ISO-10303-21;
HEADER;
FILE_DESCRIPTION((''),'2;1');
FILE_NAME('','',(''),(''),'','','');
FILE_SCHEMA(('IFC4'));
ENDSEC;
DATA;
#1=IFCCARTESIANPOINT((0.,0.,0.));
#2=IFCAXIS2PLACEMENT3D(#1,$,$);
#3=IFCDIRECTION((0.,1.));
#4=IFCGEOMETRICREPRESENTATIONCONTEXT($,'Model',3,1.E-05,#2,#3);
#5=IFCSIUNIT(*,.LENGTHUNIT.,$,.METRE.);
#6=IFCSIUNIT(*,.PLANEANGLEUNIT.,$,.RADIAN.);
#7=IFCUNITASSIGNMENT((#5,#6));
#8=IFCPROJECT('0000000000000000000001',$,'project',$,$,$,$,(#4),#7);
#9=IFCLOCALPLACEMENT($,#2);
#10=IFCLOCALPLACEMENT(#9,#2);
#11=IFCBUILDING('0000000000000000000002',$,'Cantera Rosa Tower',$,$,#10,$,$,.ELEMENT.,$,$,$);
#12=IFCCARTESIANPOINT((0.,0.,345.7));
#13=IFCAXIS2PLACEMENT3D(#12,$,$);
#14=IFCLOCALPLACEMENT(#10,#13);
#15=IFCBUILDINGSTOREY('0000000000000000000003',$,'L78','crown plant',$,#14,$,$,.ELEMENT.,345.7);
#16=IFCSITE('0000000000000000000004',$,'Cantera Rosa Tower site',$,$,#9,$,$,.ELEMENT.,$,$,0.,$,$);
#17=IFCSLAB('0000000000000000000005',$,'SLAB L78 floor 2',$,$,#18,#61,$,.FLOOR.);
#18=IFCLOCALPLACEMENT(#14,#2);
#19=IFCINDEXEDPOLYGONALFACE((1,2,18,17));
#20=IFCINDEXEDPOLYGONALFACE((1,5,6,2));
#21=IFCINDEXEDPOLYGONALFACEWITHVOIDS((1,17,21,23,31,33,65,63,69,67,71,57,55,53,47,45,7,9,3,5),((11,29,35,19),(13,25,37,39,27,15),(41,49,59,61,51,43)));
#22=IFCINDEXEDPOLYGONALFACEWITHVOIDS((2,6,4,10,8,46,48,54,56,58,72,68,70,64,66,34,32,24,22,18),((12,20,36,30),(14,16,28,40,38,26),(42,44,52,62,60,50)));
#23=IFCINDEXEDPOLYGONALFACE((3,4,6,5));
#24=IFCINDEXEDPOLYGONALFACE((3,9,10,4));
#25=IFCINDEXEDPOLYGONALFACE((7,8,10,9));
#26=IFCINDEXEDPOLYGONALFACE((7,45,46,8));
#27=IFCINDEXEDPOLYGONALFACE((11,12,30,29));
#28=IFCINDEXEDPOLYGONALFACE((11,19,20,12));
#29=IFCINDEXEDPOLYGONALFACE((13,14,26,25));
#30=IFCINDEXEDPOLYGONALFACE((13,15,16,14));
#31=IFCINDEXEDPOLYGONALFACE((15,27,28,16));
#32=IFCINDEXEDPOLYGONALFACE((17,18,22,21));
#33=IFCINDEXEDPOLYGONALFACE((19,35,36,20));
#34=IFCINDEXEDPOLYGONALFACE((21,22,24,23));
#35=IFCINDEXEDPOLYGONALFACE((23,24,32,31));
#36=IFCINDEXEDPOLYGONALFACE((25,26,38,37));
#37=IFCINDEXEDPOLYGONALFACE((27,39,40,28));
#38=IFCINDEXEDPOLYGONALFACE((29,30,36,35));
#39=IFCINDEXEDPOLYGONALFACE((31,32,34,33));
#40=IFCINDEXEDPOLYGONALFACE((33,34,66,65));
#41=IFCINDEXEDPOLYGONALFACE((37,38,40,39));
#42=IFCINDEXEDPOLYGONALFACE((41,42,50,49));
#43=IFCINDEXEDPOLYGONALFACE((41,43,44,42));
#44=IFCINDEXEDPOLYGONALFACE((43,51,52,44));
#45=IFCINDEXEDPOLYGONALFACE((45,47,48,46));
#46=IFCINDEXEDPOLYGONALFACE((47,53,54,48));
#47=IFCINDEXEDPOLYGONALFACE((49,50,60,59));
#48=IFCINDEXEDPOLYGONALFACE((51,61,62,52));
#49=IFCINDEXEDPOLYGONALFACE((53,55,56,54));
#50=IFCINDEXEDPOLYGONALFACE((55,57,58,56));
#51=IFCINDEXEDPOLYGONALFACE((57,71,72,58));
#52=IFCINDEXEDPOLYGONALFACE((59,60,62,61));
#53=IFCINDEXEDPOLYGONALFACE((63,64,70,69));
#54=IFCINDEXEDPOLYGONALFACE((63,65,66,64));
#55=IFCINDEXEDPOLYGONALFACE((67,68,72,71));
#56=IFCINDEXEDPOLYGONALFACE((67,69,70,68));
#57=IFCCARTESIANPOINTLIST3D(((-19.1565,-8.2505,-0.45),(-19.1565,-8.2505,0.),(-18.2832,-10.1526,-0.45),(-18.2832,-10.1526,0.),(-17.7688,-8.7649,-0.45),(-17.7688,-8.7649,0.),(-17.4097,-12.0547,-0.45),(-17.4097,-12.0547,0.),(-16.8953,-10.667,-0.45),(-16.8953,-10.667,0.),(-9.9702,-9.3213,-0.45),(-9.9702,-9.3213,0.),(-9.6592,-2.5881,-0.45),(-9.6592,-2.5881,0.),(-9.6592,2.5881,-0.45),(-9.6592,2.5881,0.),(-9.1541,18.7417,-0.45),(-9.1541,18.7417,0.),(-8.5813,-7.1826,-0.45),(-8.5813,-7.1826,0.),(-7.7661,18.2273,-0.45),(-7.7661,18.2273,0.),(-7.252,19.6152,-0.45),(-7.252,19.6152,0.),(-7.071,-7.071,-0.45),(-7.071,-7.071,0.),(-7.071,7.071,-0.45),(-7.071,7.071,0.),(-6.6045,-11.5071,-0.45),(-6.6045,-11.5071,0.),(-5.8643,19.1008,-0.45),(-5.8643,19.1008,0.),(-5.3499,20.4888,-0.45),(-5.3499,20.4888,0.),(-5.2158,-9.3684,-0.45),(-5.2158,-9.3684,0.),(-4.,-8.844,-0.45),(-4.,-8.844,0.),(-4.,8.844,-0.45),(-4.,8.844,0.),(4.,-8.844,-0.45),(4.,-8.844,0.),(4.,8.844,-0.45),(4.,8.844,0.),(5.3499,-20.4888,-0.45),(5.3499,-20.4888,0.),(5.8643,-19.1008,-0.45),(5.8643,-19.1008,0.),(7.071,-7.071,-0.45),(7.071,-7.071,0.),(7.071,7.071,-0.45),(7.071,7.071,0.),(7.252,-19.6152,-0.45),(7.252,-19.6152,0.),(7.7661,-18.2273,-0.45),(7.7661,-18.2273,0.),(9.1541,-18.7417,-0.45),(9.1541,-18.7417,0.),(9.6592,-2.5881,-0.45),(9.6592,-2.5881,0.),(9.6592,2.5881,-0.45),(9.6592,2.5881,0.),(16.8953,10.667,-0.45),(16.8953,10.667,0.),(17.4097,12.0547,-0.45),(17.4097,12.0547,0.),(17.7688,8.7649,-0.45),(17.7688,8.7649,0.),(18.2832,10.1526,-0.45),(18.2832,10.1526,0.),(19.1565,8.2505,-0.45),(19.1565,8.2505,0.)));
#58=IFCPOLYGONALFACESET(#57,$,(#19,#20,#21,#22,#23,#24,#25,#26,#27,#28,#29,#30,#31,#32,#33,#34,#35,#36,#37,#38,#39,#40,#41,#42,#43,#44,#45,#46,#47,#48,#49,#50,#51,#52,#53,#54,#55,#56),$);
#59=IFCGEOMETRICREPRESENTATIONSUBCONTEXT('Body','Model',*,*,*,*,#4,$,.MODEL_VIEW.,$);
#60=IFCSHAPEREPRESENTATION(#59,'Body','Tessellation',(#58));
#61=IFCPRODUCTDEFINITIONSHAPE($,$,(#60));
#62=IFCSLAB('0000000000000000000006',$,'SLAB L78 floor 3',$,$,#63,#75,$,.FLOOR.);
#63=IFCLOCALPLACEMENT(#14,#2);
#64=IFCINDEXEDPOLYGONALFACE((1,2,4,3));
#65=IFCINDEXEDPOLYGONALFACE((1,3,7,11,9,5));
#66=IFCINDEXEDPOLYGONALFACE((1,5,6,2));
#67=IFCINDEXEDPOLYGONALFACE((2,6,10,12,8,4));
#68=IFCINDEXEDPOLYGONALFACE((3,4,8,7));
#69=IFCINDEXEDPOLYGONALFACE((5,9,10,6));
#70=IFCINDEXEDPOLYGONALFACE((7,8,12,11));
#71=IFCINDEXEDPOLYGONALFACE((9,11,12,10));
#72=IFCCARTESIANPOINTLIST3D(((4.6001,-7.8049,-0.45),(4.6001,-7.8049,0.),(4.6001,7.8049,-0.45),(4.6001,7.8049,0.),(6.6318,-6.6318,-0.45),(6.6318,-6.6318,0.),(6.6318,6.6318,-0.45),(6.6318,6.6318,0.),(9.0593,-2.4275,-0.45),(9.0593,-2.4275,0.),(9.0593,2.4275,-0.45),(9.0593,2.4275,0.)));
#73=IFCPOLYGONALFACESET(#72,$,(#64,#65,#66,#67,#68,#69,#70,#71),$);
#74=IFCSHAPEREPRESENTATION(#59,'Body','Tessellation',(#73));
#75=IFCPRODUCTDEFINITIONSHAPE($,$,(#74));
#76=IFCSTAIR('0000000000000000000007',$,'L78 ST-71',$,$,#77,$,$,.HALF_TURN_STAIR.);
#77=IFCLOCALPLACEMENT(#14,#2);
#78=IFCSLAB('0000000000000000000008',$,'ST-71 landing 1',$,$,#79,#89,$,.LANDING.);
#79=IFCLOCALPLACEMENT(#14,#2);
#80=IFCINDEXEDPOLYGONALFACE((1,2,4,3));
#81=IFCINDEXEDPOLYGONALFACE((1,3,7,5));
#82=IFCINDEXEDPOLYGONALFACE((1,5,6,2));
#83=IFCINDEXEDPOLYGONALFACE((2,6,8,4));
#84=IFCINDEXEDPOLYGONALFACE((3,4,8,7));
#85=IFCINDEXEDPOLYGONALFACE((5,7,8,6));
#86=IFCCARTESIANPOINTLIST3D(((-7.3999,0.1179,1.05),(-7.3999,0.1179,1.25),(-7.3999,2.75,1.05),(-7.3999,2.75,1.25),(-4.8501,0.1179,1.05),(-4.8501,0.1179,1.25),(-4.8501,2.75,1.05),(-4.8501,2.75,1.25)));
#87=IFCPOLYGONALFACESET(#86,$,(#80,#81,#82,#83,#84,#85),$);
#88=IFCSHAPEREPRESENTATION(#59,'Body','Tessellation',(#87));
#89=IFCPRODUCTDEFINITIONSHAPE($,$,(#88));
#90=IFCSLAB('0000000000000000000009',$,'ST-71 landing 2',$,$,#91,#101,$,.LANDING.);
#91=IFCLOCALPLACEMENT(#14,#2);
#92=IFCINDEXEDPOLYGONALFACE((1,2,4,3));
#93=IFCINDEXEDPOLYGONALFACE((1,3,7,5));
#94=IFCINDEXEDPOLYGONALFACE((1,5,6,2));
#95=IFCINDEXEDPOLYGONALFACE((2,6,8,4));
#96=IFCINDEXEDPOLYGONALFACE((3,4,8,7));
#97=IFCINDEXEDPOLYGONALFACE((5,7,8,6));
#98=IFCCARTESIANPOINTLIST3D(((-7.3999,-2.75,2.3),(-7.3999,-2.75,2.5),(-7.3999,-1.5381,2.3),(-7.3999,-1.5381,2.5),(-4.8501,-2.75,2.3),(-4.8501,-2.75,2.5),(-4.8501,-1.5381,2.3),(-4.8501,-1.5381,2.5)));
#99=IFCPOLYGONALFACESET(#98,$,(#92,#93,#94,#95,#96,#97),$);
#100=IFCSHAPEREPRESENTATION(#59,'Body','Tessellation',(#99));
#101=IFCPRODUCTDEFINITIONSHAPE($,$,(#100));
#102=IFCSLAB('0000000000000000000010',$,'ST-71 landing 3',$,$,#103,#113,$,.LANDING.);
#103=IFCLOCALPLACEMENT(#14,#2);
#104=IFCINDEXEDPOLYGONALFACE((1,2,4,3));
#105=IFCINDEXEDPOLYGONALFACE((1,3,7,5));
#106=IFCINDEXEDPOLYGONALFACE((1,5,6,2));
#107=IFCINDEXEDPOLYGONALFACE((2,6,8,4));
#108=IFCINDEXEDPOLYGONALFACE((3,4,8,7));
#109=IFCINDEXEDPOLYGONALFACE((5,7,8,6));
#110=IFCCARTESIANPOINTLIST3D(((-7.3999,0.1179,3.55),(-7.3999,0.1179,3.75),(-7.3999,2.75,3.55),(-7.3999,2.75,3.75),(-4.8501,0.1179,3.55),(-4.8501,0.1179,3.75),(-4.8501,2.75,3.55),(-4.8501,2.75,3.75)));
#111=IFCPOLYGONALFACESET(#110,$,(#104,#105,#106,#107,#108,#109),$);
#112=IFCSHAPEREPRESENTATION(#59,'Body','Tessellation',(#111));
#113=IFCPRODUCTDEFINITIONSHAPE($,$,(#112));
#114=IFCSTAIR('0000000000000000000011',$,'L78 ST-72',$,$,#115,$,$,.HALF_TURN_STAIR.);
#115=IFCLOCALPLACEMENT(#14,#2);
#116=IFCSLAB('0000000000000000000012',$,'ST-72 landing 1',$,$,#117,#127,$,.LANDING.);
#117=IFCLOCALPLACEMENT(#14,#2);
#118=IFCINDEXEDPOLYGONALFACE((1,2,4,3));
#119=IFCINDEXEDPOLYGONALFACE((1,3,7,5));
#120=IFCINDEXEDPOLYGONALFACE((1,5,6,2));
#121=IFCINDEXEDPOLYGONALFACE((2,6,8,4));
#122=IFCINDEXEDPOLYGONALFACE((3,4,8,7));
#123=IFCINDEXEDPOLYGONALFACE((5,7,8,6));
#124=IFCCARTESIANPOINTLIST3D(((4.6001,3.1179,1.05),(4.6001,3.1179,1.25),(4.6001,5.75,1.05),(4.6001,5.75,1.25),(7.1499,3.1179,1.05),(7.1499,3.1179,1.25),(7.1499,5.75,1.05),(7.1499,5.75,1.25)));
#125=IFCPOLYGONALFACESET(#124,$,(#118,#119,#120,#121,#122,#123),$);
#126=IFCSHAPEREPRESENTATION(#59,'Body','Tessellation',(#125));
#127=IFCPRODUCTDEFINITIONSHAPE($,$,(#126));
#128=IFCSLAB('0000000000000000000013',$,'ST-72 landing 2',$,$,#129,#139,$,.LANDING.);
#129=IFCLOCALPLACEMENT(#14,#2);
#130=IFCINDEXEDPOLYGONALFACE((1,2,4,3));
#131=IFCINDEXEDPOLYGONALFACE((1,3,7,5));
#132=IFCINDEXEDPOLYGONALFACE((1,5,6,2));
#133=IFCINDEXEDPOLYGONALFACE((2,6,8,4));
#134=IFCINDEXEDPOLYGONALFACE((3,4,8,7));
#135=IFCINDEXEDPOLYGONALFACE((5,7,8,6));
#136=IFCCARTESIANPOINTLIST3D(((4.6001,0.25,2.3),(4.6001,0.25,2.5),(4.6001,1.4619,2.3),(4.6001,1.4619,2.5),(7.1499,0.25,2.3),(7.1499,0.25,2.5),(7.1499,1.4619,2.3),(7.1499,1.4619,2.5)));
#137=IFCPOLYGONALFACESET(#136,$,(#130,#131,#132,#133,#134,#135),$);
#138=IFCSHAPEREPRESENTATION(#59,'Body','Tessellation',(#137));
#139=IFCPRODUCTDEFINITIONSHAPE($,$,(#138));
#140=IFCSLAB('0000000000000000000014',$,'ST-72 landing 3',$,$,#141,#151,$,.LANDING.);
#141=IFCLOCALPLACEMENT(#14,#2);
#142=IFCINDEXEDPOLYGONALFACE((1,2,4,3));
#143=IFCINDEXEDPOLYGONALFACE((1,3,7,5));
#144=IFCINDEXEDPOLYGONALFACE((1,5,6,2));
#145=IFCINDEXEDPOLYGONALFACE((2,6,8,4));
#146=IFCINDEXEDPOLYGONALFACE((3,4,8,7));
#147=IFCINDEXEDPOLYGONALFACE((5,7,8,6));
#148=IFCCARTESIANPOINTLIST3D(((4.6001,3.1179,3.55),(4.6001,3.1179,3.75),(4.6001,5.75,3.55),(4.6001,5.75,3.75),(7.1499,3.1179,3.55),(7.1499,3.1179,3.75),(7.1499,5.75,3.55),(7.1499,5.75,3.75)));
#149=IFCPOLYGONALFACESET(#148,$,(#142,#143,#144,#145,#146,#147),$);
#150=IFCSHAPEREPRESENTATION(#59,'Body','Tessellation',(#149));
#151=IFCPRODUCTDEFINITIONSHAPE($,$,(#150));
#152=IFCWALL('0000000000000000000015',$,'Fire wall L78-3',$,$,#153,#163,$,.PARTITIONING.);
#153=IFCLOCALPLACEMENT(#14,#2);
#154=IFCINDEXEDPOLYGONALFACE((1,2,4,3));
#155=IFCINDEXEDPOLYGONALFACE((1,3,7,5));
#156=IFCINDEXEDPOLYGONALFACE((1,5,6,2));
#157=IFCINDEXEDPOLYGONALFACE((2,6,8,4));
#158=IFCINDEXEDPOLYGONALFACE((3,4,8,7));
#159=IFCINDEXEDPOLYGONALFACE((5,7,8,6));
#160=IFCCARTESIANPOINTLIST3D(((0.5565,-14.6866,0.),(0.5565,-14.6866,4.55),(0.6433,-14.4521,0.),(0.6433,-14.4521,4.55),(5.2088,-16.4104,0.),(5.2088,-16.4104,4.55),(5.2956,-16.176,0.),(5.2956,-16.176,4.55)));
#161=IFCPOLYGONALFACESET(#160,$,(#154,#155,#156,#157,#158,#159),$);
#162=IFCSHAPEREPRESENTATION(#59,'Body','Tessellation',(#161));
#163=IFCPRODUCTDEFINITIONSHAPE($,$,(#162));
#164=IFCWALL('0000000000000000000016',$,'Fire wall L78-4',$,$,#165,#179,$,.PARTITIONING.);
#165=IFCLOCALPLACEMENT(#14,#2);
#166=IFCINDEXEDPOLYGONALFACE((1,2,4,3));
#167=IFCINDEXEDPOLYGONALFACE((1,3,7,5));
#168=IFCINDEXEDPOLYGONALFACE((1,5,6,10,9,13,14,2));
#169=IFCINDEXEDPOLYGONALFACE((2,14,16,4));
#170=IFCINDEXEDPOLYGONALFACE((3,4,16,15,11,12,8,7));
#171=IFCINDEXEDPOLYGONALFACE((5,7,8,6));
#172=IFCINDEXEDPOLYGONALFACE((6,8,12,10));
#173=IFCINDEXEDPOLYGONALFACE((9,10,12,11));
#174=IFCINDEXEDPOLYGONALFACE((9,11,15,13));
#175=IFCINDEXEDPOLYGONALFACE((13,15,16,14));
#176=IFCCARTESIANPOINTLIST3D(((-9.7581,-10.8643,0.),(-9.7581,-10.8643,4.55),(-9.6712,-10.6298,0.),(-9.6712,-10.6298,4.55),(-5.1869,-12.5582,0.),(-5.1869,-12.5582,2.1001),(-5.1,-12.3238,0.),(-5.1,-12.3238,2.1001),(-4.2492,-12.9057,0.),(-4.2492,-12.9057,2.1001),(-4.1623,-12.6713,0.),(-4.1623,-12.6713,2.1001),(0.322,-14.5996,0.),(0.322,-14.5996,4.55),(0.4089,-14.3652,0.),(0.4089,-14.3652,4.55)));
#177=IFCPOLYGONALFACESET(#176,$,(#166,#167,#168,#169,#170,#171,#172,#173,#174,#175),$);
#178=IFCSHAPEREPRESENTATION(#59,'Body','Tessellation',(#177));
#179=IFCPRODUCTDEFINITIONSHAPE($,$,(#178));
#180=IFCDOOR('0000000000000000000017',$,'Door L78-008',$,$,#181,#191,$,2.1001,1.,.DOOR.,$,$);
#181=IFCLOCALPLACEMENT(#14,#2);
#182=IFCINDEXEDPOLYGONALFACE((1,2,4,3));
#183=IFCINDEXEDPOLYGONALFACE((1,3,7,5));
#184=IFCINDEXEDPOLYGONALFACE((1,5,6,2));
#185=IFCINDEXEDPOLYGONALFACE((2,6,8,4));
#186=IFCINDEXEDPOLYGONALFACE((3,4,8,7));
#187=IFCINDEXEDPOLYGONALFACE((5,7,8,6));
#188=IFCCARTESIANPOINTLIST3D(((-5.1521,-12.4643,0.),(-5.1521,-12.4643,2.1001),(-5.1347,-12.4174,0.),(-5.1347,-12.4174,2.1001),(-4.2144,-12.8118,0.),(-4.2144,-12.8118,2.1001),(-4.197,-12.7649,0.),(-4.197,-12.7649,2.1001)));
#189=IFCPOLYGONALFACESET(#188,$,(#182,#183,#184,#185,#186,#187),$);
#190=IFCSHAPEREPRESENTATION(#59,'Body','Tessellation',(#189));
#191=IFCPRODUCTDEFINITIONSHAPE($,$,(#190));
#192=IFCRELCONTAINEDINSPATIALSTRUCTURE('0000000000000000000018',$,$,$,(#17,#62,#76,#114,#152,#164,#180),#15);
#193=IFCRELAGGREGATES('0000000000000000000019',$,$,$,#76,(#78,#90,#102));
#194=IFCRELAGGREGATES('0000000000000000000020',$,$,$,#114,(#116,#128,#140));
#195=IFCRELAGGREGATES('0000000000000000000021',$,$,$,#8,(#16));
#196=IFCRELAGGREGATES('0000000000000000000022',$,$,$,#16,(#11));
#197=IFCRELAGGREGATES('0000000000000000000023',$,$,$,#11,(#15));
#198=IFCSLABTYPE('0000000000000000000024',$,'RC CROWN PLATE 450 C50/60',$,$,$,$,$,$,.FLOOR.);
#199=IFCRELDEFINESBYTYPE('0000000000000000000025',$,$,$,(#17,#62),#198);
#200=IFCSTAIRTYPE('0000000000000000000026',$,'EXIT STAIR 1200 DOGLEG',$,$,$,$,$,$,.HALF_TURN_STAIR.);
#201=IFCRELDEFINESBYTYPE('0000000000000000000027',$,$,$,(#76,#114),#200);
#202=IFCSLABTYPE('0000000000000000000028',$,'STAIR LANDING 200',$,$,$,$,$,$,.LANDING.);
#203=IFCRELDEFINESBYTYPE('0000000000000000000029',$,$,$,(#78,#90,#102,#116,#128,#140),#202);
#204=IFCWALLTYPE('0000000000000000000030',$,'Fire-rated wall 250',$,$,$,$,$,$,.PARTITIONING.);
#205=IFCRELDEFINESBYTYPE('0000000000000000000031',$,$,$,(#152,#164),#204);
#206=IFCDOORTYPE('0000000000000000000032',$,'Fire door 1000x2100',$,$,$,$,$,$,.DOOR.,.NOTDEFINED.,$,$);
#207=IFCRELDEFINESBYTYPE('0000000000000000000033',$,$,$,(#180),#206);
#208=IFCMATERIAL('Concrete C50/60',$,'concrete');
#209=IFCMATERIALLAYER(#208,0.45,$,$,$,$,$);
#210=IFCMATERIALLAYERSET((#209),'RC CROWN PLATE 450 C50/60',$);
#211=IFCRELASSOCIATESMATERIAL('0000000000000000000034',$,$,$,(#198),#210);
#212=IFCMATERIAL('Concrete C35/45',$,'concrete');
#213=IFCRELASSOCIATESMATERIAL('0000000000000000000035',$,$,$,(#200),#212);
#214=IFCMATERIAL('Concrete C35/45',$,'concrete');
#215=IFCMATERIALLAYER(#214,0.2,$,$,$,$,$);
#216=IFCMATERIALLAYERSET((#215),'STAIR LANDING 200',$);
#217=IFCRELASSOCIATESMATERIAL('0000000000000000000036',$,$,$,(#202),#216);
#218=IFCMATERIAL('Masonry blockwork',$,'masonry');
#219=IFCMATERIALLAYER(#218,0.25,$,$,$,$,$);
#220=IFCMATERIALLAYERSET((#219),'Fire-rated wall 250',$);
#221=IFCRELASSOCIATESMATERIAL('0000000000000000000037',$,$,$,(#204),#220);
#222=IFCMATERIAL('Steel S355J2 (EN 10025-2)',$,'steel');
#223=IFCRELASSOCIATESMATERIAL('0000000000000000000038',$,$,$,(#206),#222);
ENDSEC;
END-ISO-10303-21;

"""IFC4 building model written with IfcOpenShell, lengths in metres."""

from ifc_helpers import new_model, si_unit, direction, frame, frame_2d, origin, place, context, subcontext, project, spatial, polyline, rectangle, outline, extrude, material, layer, layer_set, type_object, element, fill, aggregate, save


model = new_model("IFC4")

# Units and contexts
model_context = context("Model", 3, precision=1e-05, world=origin(), true_north=direction((0.0, 1.0)))
body_context = subcontext(model_context, "Body", "Model", "MODEL_VIEW")
ifc_project = project(units=[si_unit("LENGTHUNIT", "METRE"), si_unit("PLANEANGLEUNIT", "RADIAN")], contexts=[model_context])

# Site, building, storey
site_placement = place(None, origin())
site = spatial("IfcSite", under=ifc_project, at=site_placement, Name="Cantera Rosa Tower site", CompositionType="ELEMENT", RefElevation=0.0)
building_placement = place(site_placement, origin())
building = spatial("IfcBuilding", under=site, at=building_placement, Name="Cantera Rosa Tower", CompositionType="ELEMENT")
storey_placement = place(building_placement, frame((0.0, 0.0, 345.7)))
storey = spatial("IfcBuildingStorey", under=building, at=storey_placement, Name="L78", Description="crown plant", CompositionType="ELEMENT", Elevation=345.7)

# Slabs
ifc_material_1 = material(Name="Concrete C50/60", Category="concrete")
ifc_layer_1 = layer(ifc_material_1, 0.45)
ifc_layer_set_1 = layer_set([ifc_layer_1], Name="RC CROWN PLATE 450 C50/60")
slab_type_1 = type_object("IfcSlabType", Name="RC CROWN PLATE 450 C50/60", PredefinedType="FLOOR", material=ifc_layer_set_1)
slab_1_placement = place(storey_placement, frame((0.0, 0.0, -0.45)))
element("IfcSlab", 1, at=slab_1_placement, inside=storey, type_object=slab_type_1, Name="SLAB L78 floor 2", PredefinedType="FLOOR", context=body_context, shape_type="SweptSolid", body=[
    extrude(outline(polyline([(18.2832, 10.1526), (17.7688, 8.7649), (19.1565, 8.2505), (9.1541, -18.7417), (7.7661, -18.2273), (7.252, -19.6152), (5.8643, -19.1008), (5.3499, -20.4888), (-17.4097, -12.0547), (-16.8953, -10.667), (-18.2832, -10.1526), (-17.7688, -8.7649), (-19.1565, -8.2505), (-9.1541, 18.7417), (-7.7661, 18.2273), (-7.252, 19.6152), (-5.8643, 19.1008), (-5.3499, 20.4888), (17.4097, 12.0547), (16.8953, 10.667), (18.2832, 10.1526)]), holes=[polyline([(-9.9702, -9.3213), (-6.6045, -11.5071), (-5.2158, -9.3684), (-8.5813, -7.1826), (-9.9702, -9.3213)]), polyline([(-9.6592, 2.5881), (-9.6592, -2.5881), (-7.071, -7.071), (-4.0, -8.844), (-4.0, 8.844), (-7.071, 7.071), (-9.6592, 2.5881)]), polyline([(9.6592, 2.5881), (7.071, 7.071), (4.0, 8.844), (4.0, -8.844), (7.071, -7.071), (9.6592, -2.5881), (9.6592, 2.5881)])]), origin(), (0.0, 0.0, 1.0), 0.45),
])
slab_2_placement = place(storey_placement, frame((0.0, 0.0, -0.45)))
element("IfcSlab", 2, at=slab_2_placement, inside=storey, type_object=slab_type_1, Name="SLAB L78 floor 3", PredefinedType="FLOOR", context=body_context, shape_type="SweptSolid", body=[
    extrude(outline(polyline([(4.6001, 7.8049), (6.6318, 6.6318), (9.0593, 2.4275), (9.0593, -2.4275), (6.6318, -6.6318), (4.6001, -7.8049), (4.6001, 7.8049)])), origin(), (0.0, 0.0, 1.0), 0.45),
])

# Stairs, slabs
ifc_material_2 = material(Name="Concrete C35/45", Category="concrete")
stair_type = type_object("IfcStairType", Name="EXIT STAIR 1200 DOGLEG", PredefinedType="HALF_TURN_STAIR", material=ifc_material_2)
stair_1_placement = place(storey_placement, origin())
stair_1 = element("IfcStair", 3, at=stair_1_placement, inside=storey, type_object=stair_type, Name="L78 ST-71", PredefinedType="HALF_TURN_STAIR")
ifc_material_3 = material(Name="Concrete C35/45", Category="concrete")
ifc_layer_2 = layer(ifc_material_3, 0.2)
ifc_layer_set_2 = layer_set([ifc_layer_2], Name="STAIR LANDING 200")
slab_type_2 = type_object("IfcSlabType", Name="STAIR LANDING 200", PredefinedType="LANDING", material=ifc_layer_set_2)
slab_3_placement = place(storey_placement, frame((0.0, 0.0, 1.05)))
slab_3 = element("IfcSlab", 4, at=slab_3_placement, type_object=slab_type_2, Name="ST-71 landing 1", PredefinedType="LANDING", context=body_context, shape_type="SweptSolid", body=[
    extrude(outline(polyline([(-4.8501, 0.1179), (-4.8501, 2.75), (-7.3999, 2.75), (-7.3999, 0.1179), (-4.8501, 0.1179)])), origin(), (0.0, 0.0, 1.0), 0.2),
])
slab_4_placement = place(storey_placement, frame((0.0, 0.0, 2.3)))
slab_4 = element("IfcSlab", 5, at=slab_4_placement, type_object=slab_type_2, Name="ST-71 landing 2", PredefinedType="LANDING", context=body_context, shape_type="SweptSolid", body=[
    extrude(outline(polyline([(-4.8501, -2.75), (-4.8501, -1.5381), (-7.3999, -1.5381), (-7.3999, -2.75), (-4.8501, -2.75)])), origin(), (0.0, 0.0, 1.0), 0.2),
])
slab_5_placement = place(storey_placement, frame((0.0, 0.0, 3.55)))
slab_5 = element("IfcSlab", 6, at=slab_5_placement, type_object=slab_type_2, Name="ST-71 landing 3", PredefinedType="LANDING", context=body_context, shape_type="SweptSolid", body=[
    extrude(outline(polyline([(-4.8501, 0.1179), (-4.8501, 2.75), (-7.3999, 2.75), (-7.3999, 0.1179), (-4.8501, 0.1179)])), origin(), (0.0, 0.0, 1.0), 0.2),
])
aggregate(stair_1, [slab_3, slab_4, slab_5])
stair_2_placement = place(storey_placement, origin())
stair_2 = element("IfcStair", 7, at=stair_2_placement, inside=storey, type_object=stair_type, Name="L78 ST-72", PredefinedType="HALF_TURN_STAIR")
slab_6_placement = place(storey_placement, frame((0.0, 0.0, 1.05)))
slab_6 = element("IfcSlab", 8, at=slab_6_placement, type_object=slab_type_2, Name="ST-72 landing 1", PredefinedType="LANDING", context=body_context, shape_type="SweptSolid", body=[
    extrude(outline(polyline([(7.1499, 3.1179), (7.1499, 5.75), (4.6001, 5.75), (4.6001, 3.1179), (7.1499, 3.1179)])), origin(), (0.0, 0.0, 1.0), 0.2),
])
slab_7_placement = place(storey_placement, frame((0.0, 0.0, 2.3)))
slab_7 = element("IfcSlab", 9, at=slab_7_placement, type_object=slab_type_2, Name="ST-72 landing 2", PredefinedType="LANDING", context=body_context, shape_type="SweptSolid", body=[
    extrude(outline(polyline([(7.1499, 0.25), (7.1499, 1.4619), (4.6001, 1.4619), (4.6001, 0.25), (7.1499, 0.25)])), origin(), (0.0, 0.0, 1.0), 0.2),
])
slab_8_placement = place(storey_placement, frame((0.0, 0.0, 3.55)))
slab_8 = element("IfcSlab", 10, at=slab_8_placement, type_object=slab_type_2, Name="ST-72 landing 3", PredefinedType="LANDING", context=body_context, shape_type="SweptSolid", body=[
    extrude(outline(polyline([(7.1499, 3.1179), (7.1499, 5.75), (4.6001, 5.75), (4.6001, 3.1179), (7.1499, 3.1179)])), origin(), (0.0, 0.0, 1.0), 0.2),
])
aggregate(stair_2, [slab_6, slab_7, slab_8])

# Wall
ifc_material_4 = material(Name="Masonry blockwork", Category="masonry")
ifc_layer_3 = layer(ifc_material_4, 0.25)
ifc_layer_set_3 = layer_set([ifc_layer_3], Name="Fire-rated wall 250")
wall_type_1 = type_object("IfcWallType", Name="Fire-rated wall 250", PredefinedType="PARTITIONING", material=ifc_layer_set_3)
wall_1_placement = place(storey_placement, frame((5.2522, -16.2932, 0.0), z_axis=(0.0, 0.0, 1.0), x_axis=(-0.937697, 0.347454, 0.0)))
element("IfcWall", 11, at=wall_1_placement, inside=storey, type_object=wall_type_1, Name="Fire wall L78-3", PredefinedType="PARTITIONING", context=body_context, shape_type="SweptSolid", body=[
    extrude(rectangle(XDim=4.9614, YDim=0.25, at=frame_2d((2.4807, 0.0))), origin(), (0.0, 0.0, 1.0), 4.55),
])

# Wall, opening, door
wall_2_placement = place(storey_placement, frame((0.3655, -14.4824, 0.0), z_axis=(0.0, 0.0, 1.0), x_axis=(-0.937688, 0.347477, 0.0)))
wall_2 = element("IfcWall", 12, at=wall_2_placement, inside=storey, type_object=wall_type_1, Name="Fire wall L78-4", PredefinedType="PARTITIONING", context=body_context, shape_type="SweptSolid", body=[
    extrude(rectangle(XDim=10.75, YDim=0.25, at=frame_2d((5.375, 0.0))), origin(), (0.0, 0.0, 1.0), 4.55),
])
opening_1_placement = place(wall_2_placement, frame((4.875, 0.0, 0.0)))
opening_1 = element("IfcOpeningElement", 13, at=opening_1_placement, cuts=wall_2, PredefinedType="OPENING", context=body_context, shape_type="SweptSolid", body=[
    extrude(rectangle(XDim=1.0, YDim=2.1001, at=frame_2d((0.5, 1.05))), frame((0.0, 0.135, 0.0), z_axis=(0.0, -1.0, 0.0), x_axis=(1.0, 0.0, 0.0)), (0.0, 0.0, 1.0), 0.27),
])
ifc_material_5 = material(Name="Steel S355J2 (EN 10025-2)", Category="steel")
door_type_1 = type_object("IfcDoorType", Name="Fire door 1000x2100", OperationType="NOTDEFINED", PredefinedType="DOOR", material=ifc_material_5)
door_1_placement = place(opening_1_placement, origin())
door_1 = element("IfcDoor", 14, at=door_1_placement, inside=storey, type_object=door_type_1, Name="Door L78-008", OverallHeight=2.1001, OverallWidth=1.0, PredefinedType="DOOR", context=body_context, shape_type="SweptSolid", body=[
    extrude(rectangle(XDim=1.0, YDim=2.1001, at=frame_2d((0.5, 1.05))), frame((0.0, 0.0249, 0.0), z_axis=(0.0, -1.0, 0.0), x_axis=(1.0, 0.0, 0.0)), (0.0, 0.0, 1.0), 0.05),
])
fill(opening_1, door_1)

save(model, "model.ifc")
